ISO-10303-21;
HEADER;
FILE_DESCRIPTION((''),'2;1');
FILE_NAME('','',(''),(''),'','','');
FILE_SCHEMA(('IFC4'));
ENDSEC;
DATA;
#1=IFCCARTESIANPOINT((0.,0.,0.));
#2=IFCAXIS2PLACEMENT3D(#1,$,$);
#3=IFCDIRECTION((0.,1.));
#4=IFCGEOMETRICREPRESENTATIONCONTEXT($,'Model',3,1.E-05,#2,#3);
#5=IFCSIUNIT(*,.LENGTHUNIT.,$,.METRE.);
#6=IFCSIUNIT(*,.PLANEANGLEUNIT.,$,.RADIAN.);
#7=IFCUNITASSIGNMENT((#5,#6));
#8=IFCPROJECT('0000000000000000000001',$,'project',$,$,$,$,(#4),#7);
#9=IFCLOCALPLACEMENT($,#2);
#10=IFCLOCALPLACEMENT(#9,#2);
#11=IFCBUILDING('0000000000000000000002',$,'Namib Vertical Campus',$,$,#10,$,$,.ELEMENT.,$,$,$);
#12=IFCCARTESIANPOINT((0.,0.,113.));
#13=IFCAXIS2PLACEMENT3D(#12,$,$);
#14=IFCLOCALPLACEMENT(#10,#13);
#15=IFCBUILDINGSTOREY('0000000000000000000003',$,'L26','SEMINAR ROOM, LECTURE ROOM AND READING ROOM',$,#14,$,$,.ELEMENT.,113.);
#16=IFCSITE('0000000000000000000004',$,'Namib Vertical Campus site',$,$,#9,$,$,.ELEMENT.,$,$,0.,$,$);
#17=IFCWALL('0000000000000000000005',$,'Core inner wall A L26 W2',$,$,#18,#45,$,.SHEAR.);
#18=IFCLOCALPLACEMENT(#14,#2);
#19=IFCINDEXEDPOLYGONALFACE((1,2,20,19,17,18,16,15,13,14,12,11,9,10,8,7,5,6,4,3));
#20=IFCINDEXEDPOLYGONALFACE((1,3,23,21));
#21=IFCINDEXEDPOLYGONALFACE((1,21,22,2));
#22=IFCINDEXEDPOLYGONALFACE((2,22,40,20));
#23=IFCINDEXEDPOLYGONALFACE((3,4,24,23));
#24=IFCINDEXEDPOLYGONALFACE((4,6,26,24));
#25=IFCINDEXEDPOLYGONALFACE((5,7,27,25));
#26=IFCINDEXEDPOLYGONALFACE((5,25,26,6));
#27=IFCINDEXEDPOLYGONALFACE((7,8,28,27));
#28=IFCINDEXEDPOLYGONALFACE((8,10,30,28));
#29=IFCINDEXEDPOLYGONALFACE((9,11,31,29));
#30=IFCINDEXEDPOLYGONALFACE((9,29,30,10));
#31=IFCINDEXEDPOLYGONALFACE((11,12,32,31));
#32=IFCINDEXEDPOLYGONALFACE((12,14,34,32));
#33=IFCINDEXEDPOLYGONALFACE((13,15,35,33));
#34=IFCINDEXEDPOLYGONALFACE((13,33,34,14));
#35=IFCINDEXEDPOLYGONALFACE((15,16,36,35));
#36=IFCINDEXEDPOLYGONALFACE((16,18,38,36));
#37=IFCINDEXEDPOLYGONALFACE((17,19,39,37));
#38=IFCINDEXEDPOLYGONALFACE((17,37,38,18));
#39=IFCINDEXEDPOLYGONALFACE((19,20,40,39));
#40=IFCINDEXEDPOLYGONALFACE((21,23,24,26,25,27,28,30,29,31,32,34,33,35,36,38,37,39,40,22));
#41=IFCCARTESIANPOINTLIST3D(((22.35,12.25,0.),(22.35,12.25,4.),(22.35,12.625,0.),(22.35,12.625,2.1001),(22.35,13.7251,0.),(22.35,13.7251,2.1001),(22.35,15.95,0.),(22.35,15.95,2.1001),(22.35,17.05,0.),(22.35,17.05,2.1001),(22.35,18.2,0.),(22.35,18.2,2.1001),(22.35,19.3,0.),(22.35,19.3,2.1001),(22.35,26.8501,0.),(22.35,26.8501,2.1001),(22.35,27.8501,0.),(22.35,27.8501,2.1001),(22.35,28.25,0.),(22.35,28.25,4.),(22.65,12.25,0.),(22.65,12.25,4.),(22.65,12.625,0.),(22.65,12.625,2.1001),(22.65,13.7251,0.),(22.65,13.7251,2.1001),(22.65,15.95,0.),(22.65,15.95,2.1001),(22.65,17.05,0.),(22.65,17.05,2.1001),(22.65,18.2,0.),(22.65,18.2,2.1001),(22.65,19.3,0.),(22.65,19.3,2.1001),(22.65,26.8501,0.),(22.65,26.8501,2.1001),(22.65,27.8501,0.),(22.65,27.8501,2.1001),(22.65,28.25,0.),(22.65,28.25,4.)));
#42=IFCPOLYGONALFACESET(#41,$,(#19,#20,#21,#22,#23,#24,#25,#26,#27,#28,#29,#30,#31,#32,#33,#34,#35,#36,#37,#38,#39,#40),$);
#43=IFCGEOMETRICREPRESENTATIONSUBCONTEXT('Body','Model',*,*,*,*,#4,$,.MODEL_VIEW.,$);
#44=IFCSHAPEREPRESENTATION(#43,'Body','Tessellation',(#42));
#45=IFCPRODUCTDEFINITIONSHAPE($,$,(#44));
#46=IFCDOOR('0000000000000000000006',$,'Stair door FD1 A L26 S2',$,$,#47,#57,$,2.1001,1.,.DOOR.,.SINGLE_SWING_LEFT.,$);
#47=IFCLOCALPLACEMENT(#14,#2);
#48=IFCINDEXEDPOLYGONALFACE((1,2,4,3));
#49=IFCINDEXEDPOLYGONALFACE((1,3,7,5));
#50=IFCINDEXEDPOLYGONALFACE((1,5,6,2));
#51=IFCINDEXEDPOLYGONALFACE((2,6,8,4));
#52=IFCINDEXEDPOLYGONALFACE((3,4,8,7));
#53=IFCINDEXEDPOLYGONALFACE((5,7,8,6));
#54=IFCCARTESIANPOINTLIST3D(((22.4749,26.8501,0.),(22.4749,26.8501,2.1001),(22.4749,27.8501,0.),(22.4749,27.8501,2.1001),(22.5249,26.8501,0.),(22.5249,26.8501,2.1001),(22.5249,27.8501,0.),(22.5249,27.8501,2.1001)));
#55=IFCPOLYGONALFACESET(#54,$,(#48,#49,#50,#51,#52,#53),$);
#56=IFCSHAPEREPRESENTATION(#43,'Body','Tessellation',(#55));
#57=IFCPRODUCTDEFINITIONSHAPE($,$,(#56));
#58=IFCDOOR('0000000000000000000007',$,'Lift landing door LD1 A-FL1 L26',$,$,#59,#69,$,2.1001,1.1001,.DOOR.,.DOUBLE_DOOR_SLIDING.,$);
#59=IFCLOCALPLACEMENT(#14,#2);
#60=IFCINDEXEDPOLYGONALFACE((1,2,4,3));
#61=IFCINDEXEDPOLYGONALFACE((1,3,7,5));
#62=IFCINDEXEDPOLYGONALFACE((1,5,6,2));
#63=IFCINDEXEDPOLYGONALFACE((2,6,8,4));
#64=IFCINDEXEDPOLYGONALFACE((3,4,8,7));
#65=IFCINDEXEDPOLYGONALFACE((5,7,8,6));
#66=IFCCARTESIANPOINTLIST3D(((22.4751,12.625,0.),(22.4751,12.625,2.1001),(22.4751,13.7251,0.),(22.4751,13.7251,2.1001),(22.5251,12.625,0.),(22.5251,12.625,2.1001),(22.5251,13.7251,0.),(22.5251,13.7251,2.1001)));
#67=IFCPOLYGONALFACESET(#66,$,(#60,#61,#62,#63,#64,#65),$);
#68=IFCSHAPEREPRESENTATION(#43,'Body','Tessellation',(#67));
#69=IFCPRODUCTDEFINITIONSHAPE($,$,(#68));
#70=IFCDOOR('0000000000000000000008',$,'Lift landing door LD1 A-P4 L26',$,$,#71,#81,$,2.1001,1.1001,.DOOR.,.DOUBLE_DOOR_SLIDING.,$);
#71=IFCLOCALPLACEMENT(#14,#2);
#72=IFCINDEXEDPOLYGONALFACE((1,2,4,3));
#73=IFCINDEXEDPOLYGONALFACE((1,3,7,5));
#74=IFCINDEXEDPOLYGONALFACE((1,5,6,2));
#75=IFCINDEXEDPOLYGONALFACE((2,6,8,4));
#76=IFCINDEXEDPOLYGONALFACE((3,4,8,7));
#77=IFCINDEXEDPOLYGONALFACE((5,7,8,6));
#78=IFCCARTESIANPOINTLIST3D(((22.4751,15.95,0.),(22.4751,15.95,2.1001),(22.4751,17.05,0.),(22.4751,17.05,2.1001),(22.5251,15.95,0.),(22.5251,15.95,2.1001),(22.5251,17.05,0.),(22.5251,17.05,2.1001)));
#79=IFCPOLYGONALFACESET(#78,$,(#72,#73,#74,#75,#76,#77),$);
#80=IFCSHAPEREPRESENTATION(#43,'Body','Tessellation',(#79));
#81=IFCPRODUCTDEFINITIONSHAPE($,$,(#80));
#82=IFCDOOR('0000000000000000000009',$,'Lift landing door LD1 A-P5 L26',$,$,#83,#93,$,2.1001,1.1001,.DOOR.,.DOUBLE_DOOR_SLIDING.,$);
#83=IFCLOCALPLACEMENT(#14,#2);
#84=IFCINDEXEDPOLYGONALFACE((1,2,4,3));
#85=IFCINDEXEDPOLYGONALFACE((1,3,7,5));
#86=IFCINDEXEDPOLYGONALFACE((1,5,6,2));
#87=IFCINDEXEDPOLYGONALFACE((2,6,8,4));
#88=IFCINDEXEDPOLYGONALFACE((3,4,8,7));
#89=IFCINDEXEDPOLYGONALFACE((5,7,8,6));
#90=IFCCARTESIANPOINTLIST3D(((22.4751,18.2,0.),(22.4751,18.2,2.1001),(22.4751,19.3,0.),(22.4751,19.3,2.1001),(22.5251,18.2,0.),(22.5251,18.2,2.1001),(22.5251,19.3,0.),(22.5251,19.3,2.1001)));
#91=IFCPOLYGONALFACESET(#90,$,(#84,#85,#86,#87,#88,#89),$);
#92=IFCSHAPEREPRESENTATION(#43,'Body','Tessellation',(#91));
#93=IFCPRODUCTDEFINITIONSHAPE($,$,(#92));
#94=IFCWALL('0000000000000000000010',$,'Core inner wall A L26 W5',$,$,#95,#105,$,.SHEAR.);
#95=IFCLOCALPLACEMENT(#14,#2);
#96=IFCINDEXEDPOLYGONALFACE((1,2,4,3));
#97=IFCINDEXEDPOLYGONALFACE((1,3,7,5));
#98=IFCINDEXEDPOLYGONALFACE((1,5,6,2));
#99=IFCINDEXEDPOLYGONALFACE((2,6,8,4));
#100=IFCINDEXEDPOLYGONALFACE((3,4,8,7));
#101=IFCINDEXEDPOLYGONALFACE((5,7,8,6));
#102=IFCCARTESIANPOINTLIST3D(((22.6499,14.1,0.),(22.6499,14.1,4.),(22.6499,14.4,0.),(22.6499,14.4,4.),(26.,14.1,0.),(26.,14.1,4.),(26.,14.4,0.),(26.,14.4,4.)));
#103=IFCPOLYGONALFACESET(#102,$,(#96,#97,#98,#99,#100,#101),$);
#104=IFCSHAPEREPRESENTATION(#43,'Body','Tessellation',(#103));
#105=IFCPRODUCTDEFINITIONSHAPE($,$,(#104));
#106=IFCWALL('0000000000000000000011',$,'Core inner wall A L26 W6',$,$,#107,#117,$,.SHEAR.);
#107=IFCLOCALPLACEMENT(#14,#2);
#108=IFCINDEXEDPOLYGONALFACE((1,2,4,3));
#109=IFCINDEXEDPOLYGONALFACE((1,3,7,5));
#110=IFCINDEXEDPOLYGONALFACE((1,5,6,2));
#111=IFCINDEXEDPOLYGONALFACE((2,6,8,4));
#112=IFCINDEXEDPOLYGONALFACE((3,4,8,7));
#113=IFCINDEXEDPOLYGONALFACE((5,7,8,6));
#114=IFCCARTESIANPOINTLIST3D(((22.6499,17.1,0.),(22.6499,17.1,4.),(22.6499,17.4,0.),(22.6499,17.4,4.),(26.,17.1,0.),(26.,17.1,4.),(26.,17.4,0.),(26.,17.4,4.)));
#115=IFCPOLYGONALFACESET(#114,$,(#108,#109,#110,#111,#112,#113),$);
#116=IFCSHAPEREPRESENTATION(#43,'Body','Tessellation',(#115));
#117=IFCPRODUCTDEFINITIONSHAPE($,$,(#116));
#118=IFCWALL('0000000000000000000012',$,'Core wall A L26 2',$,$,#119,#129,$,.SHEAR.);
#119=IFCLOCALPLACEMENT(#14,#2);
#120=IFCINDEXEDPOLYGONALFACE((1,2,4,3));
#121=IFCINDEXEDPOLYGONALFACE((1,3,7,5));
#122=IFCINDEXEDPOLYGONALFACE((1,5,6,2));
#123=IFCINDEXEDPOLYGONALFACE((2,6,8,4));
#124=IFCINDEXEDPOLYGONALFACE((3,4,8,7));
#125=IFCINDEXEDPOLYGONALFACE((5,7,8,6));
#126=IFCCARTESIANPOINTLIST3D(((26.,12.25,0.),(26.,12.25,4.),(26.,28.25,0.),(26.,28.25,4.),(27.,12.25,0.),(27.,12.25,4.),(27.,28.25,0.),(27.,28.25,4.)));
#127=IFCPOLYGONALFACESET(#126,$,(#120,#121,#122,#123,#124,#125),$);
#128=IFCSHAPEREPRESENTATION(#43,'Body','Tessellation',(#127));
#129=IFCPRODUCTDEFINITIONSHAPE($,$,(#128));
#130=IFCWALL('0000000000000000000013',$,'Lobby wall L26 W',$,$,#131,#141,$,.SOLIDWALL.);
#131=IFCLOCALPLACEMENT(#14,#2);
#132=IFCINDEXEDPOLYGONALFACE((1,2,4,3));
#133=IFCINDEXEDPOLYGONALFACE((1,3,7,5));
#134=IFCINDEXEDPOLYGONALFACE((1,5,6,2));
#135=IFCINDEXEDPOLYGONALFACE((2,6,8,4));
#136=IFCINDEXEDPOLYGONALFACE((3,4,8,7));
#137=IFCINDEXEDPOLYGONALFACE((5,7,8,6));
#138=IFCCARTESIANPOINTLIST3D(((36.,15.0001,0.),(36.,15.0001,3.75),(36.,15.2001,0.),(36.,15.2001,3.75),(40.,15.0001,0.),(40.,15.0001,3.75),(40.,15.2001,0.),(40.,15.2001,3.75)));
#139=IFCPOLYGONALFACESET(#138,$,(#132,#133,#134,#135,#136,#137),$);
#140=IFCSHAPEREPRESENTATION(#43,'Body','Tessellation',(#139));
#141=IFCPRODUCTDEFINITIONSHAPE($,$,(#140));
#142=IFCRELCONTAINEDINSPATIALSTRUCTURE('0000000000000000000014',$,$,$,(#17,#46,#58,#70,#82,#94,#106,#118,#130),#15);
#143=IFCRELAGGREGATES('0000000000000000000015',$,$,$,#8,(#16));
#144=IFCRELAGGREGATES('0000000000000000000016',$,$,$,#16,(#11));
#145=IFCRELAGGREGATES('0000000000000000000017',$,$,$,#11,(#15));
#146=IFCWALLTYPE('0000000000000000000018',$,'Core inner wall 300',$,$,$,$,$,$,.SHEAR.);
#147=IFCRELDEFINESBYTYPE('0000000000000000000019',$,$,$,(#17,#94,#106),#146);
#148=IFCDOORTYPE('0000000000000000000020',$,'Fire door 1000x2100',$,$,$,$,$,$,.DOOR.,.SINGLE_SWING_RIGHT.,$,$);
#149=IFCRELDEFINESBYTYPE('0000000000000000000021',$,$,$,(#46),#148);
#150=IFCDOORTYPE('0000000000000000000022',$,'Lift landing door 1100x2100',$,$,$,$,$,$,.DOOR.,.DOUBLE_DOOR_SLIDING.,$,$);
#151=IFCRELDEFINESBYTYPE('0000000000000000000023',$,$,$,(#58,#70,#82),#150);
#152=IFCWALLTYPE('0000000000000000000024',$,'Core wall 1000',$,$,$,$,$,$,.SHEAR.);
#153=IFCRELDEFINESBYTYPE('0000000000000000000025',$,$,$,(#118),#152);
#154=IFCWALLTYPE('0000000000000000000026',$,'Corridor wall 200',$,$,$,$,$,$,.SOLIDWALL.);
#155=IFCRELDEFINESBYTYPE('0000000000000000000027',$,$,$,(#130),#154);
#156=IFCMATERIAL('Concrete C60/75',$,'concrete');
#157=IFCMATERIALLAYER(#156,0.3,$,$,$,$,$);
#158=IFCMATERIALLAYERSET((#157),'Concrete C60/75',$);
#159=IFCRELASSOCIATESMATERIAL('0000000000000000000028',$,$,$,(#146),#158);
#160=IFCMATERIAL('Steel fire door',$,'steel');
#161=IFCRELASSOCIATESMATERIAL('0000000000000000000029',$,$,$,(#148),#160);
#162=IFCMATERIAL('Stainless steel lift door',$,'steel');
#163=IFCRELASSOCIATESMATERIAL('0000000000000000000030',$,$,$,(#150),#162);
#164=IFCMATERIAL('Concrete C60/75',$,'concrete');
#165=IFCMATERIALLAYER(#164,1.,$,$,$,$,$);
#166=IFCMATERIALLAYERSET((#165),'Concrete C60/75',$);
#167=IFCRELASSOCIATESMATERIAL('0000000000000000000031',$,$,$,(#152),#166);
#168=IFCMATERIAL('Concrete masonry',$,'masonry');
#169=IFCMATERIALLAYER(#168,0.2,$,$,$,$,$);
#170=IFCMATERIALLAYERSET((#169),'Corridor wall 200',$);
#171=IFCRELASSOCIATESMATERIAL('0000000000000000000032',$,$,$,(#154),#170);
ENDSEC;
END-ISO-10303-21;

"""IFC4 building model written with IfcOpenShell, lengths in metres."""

from ifc_helpers import new_model, si_unit, direction, frame, frame_2d, origin, place, context, subcontext, project, spatial, rectangle, extrude, material, layer, layer_set, type_object, element, fill, save


model = new_model("IFC4")

# Units and contexts
model_context = context("Model", 3, precision=1e-05, world=origin(), true_north=direction((0.0, 1.0)))
body_context = subcontext(model_context, "Body", "Model", "MODEL_VIEW")
ifc_project = project(units=[si_unit("LENGTHUNIT", "METRE"), si_unit("PLANEANGLEUNIT", "RADIAN")], contexts=[model_context])

# Site, building, storey
site_placement = place(None, origin())
site = spatial("IfcSite", under=ifc_project, at=site_placement, Name="Namib Vertical Campus site", CompositionType="ELEMENT", RefElevation=0.0)
building_placement = place(site_placement, origin())
building = spatial("IfcBuilding", under=site, at=building_placement, Name="Namib Vertical Campus", CompositionType="ELEMENT")
storey_placement = place(building_placement, frame((0.0, 0.0, 113.0)))
storey = spatial("IfcBuildingStorey", under=building, at=storey_placement, Name="L26", Description="SEMINAR ROOM, LECTURE ROOM AND READING ROOM", CompositionType="ELEMENT", Elevation=113.0)

# Wall, openings, doors
ifc_material_1 = material(Name="Concrete C60/75", Category="concrete")
ifc_layer_1 = layer(ifc_material_1, 0.3)
ifc_layer_set_1 = layer_set([ifc_layer_1], Name="Concrete C60/75")
wall_type_1 = type_object("IfcWallType", Name="Core inner wall 300", PredefinedType="SHEAR", material=ifc_layer_set_1)
wall_1_placement = place(storey_placement, frame((22.5, 12.25, 0.0), z_axis=(0.0, 0.0, 1.0), x_axis=(0.0, 1.0, 0.0)))
wall_1 = element("IfcWall", 1, at=wall_1_placement, inside=storey, type_object=wall_type_1, Name="Core inner wall A L26 W2", PredefinedType="SHEAR", context=body_context, shape_type="SweptSolid", body=[
    extrude(rectangle(XDim=16.0, YDim=0.3, at=frame_2d((8.0, 0.0))), origin(), (0.0, 0.0, 1.0), 4.0),
])
opening_1_placement = place(wall_1_placement, frame((14.6001, 0.0, 0.0)))
opening_1 = element("IfcOpeningElement", 2, at=opening_1_placement, cuts=wall_1, PredefinedType="OPENING", context=body_context, shape_type="SweptSolid", body=[
    extrude(rectangle(XDim=1.0, YDim=2.1001, at=frame_2d((0.5, 1.05))), frame((0.0, 0.1599, 0.0), z_axis=(0.0, -1.0, 0.0), x_axis=(1.0, 0.0, 0.0)), (0.0, 0.0, 1.0), 0.3201),
])
opening_2_placement = place(wall_1_placement, frame((0.375, 0.0, 0.0)))
opening_2 = element("IfcOpeningElement", 3, at=opening_2_placement, cuts=wall_1, PredefinedType="OPENING", context=body_context, shape_type="SweptSolid", body=[
    extrude(rectangle(XDim=1.1001, YDim=2.1001, at=frame_2d((0.55, 1.05))), frame((0.0, 0.1599, 0.0), z_axis=(0.0, -1.0, 0.0), x_axis=(1.0, 0.0, 0.0)), (0.0, 0.0, 1.0), 0.3201),
])
opening_3_placement = place(wall_1_placement, frame((3.7, 0.0, 0.0)))
opening_3 = element("IfcOpeningElement", 4, at=opening_3_placement, cuts=wall_1, PredefinedType="OPENING", context=body_context, shape_type="SweptSolid", body=[
    extrude(rectangle(XDim=1.1001, YDim=2.1001, at=frame_2d((0.55, 1.05))), frame((0.0, 0.1599, 0.0), z_axis=(0.0, -1.0, 0.0), x_axis=(1.0, 0.0, 0.0)), (0.0, 0.0, 1.0), 0.3201),
])
opening_4_placement = place(wall_1_placement, frame((5.95, 0.0, 0.0)))
opening_4 = element("IfcOpeningElement", 5, at=opening_4_placement, cuts=wall_1, PredefinedType="OPENING", context=body_context, shape_type="SweptSolid", body=[
    extrude(rectangle(XDim=1.1001, YDim=2.1001, at=frame_2d((0.55, 1.05))), frame((0.0, 0.1599, 0.0), z_axis=(0.0, -1.0, 0.0), x_axis=(1.0, 0.0, 0.0)), (0.0, 0.0, 1.0), 0.3201),
])
ifc_material_2 = material(Name="Steel fire door", Category="steel")
door_type_1 = type_object("IfcDoorType", Name="Fire door 1000x2100", OperationType="SINGLE_SWING_RIGHT", PredefinedType="DOOR", material=ifc_material_2)
door_1_placement = place(opening_1_placement, frame((1.0, 0.0, 0.0), z_axis=(0.0, 0.0, 1.0), x_axis=(-1.0, 0.0, 0.0)))
door_1 = element("IfcDoor", 6, at=door_1_placement, inside=storey, type_object=door_type_1, Name="Stair door FD1 A L26 S2", OperationType="SINGLE_SWING_LEFT", OverallHeight=2.1001, OverallWidth=1.0, PredefinedType="DOOR", context=body_context, shape_type="SweptSolid", body=[
    extrude(rectangle(XDim=1.0, YDim=2.1001, at=frame_2d((0.5, 1.05))), frame((0.0, 0.0249, 0.0), z_axis=(0.0, -1.0, 0.0), x_axis=(1.0, 0.0, 0.0)), (0.0, 0.0, 1.0), 0.05),
])
fill(opening_1, door_1)
ifc_material_3 = material(Name="Stainless steel lift door", Category="steel")
door_type_2 = type_object("IfcDoorType", Name="Lift landing door 1100x2100", OperationType="DOUBLE_DOOR_SLIDING", PredefinedType="DOOR", material=ifc_material_3)
door_2_placement = place(opening_2_placement, origin())
door_2 = element("IfcDoor", 7, at=door_2_placement, inside=storey, type_object=door_type_2, Name="Lift landing door LD1 A-FL1 L26", OperationType="DOUBLE_DOOR_SLIDING", OverallHeight=2.1001, OverallWidth=1.1001, PredefinedType="DOOR", context=body_context, shape_type="SweptSolid", body=[
    extrude(rectangle(XDim=1.1001, YDim=2.1001, at=frame_2d((0.55, 1.05))), frame((0.0, 0.0249, 0.0), z_axis=(0.0, -1.0, 0.0), x_axis=(1.0, 0.0, 0.0)), (0.0, 0.0, 1.0), 0.05),
])
fill(opening_2, door_2)
door_3_placement = place(opening_3_placement, origin())
door_3 = element("IfcDoor", 8, at=door_3_placement, inside=storey, type_object=door_type_2, Name="Lift landing door LD1 A-P4 L26", OperationType="DOUBLE_DOOR_SLIDING", OverallHeight=2.1001, OverallWidth=1.1001, PredefinedType="DOOR", context=body_context, shape_type="SweptSolid", body=[
    extrude(rectangle(XDim=1.1001, YDim=2.1001, at=frame_2d((0.55, 1.05))), frame((0.0, 0.0249, 0.0), z_axis=(0.0, -1.0, 0.0), x_axis=(1.0, 0.0, 0.0)), (0.0, 0.0, 1.0), 0.05),
])
fill(opening_3, door_3)
door_4_placement = place(opening_4_placement, origin())
door_4 = element("IfcDoor", 9, at=door_4_placement, inside=storey, type_object=door_type_2, Name="Lift landing door LD1 A-P5 L26", OperationType="DOUBLE_DOOR_SLIDING", OverallHeight=2.1001, OverallWidth=1.1001, PredefinedType="DOOR", context=body_context, shape_type="SweptSolid", body=[
    extrude(rectangle(XDim=1.1001, YDim=2.1001, at=frame_2d((0.55, 1.05))), frame((0.0, 0.0249, 0.0), z_axis=(0.0, -1.0, 0.0), x_axis=(1.0, 0.0, 0.0)), (0.0, 0.0, 1.0), 0.05),
])
fill(opening_4, door_4)

# Walls
for number, where, z_axis, x_axis, name in (
    (10, (22.6499, 14.25, 0.0), (0.0, 0.0, 1.0), (1.0, 0.0, 0.0), "Core inner wall A L26 W5"),
    (11, (22.6499, 17.25, 0.0), (0.0, 0.0, 1.0), (1.0, 0.0, 0.0), "Core inner wall A L26 W6"),
):
    element("IfcWall", number, at=place(storey_placement, frame(where, z_axis=z_axis, x_axis=x_axis)), inside=storey, type_object=wall_type_1, Name=name, PredefinedType="SHEAR", context=body_context, shape_type="SweptSolid", body=[
        extrude(rectangle(XDim=3.3501, YDim=0.3, at=frame_2d((1.675, 0.0))), origin(), (0.0, 0.0, 1.0), 4.0),
    ])
ifc_material_4 = material(Name="Concrete C60/75", Category="concrete")
ifc_layer_2 = layer(ifc_material_4, 1.0)
ifc_layer_set_2 = layer_set([ifc_layer_2], Name="Concrete C60/75")
wall_type_2 = type_object("IfcWallType", Name="Core wall 1000", PredefinedType="SHEAR", material=ifc_layer_set_2)
wall_2_placement = place(storey_placement, frame((26.5, 12.25, 0.0), z_axis=(0.0, 0.0, 1.0), x_axis=(0.0, 1.0, 0.0)))
element("IfcWall", 12, at=wall_2_placement, inside=storey, type_object=wall_type_2, Name="Core wall A L26 2", PredefinedType="SHEAR", context=body_context, shape_type="SweptSolid", body=[
    extrude(rectangle(XDim=16.0, YDim=1.0, at=frame_2d((8.0, 0.0))), origin(), (0.0, 0.0, 1.0), 4.0),
])
ifc_material_5 = material(Name="Concrete masonry", Category="masonry")
ifc_layer_3 = layer(ifc_material_5, 0.2)
ifc_layer_set_3 = layer_set([ifc_layer_3], Name="Corridor wall 200")
wall_type_3 = type_object("IfcWallType", Name="Corridor wall 200", PredefinedType="SOLIDWALL", material=ifc_layer_set_3)
wall_3_placement = place(storey_placement, frame((36.0, 15.1001, 0.0), z_axis=(0.0, 0.0, 1.0), x_axis=(1.0, 0.0, 0.0)))
element("IfcWall", 13, at=wall_3_placement, inside=storey, type_object=wall_type_3, Name="Lobby wall L26 W", PredefinedType="SOLIDWALL", context=body_context, shape_type="SweptSolid", body=[
    extrude(rectangle(XDim=4.0, YDim=0.2, at=frame_2d((2.0, 0.0))), origin(), (0.0, 0.0, 1.0), 3.75),
])

save(model, "model.ifc")
